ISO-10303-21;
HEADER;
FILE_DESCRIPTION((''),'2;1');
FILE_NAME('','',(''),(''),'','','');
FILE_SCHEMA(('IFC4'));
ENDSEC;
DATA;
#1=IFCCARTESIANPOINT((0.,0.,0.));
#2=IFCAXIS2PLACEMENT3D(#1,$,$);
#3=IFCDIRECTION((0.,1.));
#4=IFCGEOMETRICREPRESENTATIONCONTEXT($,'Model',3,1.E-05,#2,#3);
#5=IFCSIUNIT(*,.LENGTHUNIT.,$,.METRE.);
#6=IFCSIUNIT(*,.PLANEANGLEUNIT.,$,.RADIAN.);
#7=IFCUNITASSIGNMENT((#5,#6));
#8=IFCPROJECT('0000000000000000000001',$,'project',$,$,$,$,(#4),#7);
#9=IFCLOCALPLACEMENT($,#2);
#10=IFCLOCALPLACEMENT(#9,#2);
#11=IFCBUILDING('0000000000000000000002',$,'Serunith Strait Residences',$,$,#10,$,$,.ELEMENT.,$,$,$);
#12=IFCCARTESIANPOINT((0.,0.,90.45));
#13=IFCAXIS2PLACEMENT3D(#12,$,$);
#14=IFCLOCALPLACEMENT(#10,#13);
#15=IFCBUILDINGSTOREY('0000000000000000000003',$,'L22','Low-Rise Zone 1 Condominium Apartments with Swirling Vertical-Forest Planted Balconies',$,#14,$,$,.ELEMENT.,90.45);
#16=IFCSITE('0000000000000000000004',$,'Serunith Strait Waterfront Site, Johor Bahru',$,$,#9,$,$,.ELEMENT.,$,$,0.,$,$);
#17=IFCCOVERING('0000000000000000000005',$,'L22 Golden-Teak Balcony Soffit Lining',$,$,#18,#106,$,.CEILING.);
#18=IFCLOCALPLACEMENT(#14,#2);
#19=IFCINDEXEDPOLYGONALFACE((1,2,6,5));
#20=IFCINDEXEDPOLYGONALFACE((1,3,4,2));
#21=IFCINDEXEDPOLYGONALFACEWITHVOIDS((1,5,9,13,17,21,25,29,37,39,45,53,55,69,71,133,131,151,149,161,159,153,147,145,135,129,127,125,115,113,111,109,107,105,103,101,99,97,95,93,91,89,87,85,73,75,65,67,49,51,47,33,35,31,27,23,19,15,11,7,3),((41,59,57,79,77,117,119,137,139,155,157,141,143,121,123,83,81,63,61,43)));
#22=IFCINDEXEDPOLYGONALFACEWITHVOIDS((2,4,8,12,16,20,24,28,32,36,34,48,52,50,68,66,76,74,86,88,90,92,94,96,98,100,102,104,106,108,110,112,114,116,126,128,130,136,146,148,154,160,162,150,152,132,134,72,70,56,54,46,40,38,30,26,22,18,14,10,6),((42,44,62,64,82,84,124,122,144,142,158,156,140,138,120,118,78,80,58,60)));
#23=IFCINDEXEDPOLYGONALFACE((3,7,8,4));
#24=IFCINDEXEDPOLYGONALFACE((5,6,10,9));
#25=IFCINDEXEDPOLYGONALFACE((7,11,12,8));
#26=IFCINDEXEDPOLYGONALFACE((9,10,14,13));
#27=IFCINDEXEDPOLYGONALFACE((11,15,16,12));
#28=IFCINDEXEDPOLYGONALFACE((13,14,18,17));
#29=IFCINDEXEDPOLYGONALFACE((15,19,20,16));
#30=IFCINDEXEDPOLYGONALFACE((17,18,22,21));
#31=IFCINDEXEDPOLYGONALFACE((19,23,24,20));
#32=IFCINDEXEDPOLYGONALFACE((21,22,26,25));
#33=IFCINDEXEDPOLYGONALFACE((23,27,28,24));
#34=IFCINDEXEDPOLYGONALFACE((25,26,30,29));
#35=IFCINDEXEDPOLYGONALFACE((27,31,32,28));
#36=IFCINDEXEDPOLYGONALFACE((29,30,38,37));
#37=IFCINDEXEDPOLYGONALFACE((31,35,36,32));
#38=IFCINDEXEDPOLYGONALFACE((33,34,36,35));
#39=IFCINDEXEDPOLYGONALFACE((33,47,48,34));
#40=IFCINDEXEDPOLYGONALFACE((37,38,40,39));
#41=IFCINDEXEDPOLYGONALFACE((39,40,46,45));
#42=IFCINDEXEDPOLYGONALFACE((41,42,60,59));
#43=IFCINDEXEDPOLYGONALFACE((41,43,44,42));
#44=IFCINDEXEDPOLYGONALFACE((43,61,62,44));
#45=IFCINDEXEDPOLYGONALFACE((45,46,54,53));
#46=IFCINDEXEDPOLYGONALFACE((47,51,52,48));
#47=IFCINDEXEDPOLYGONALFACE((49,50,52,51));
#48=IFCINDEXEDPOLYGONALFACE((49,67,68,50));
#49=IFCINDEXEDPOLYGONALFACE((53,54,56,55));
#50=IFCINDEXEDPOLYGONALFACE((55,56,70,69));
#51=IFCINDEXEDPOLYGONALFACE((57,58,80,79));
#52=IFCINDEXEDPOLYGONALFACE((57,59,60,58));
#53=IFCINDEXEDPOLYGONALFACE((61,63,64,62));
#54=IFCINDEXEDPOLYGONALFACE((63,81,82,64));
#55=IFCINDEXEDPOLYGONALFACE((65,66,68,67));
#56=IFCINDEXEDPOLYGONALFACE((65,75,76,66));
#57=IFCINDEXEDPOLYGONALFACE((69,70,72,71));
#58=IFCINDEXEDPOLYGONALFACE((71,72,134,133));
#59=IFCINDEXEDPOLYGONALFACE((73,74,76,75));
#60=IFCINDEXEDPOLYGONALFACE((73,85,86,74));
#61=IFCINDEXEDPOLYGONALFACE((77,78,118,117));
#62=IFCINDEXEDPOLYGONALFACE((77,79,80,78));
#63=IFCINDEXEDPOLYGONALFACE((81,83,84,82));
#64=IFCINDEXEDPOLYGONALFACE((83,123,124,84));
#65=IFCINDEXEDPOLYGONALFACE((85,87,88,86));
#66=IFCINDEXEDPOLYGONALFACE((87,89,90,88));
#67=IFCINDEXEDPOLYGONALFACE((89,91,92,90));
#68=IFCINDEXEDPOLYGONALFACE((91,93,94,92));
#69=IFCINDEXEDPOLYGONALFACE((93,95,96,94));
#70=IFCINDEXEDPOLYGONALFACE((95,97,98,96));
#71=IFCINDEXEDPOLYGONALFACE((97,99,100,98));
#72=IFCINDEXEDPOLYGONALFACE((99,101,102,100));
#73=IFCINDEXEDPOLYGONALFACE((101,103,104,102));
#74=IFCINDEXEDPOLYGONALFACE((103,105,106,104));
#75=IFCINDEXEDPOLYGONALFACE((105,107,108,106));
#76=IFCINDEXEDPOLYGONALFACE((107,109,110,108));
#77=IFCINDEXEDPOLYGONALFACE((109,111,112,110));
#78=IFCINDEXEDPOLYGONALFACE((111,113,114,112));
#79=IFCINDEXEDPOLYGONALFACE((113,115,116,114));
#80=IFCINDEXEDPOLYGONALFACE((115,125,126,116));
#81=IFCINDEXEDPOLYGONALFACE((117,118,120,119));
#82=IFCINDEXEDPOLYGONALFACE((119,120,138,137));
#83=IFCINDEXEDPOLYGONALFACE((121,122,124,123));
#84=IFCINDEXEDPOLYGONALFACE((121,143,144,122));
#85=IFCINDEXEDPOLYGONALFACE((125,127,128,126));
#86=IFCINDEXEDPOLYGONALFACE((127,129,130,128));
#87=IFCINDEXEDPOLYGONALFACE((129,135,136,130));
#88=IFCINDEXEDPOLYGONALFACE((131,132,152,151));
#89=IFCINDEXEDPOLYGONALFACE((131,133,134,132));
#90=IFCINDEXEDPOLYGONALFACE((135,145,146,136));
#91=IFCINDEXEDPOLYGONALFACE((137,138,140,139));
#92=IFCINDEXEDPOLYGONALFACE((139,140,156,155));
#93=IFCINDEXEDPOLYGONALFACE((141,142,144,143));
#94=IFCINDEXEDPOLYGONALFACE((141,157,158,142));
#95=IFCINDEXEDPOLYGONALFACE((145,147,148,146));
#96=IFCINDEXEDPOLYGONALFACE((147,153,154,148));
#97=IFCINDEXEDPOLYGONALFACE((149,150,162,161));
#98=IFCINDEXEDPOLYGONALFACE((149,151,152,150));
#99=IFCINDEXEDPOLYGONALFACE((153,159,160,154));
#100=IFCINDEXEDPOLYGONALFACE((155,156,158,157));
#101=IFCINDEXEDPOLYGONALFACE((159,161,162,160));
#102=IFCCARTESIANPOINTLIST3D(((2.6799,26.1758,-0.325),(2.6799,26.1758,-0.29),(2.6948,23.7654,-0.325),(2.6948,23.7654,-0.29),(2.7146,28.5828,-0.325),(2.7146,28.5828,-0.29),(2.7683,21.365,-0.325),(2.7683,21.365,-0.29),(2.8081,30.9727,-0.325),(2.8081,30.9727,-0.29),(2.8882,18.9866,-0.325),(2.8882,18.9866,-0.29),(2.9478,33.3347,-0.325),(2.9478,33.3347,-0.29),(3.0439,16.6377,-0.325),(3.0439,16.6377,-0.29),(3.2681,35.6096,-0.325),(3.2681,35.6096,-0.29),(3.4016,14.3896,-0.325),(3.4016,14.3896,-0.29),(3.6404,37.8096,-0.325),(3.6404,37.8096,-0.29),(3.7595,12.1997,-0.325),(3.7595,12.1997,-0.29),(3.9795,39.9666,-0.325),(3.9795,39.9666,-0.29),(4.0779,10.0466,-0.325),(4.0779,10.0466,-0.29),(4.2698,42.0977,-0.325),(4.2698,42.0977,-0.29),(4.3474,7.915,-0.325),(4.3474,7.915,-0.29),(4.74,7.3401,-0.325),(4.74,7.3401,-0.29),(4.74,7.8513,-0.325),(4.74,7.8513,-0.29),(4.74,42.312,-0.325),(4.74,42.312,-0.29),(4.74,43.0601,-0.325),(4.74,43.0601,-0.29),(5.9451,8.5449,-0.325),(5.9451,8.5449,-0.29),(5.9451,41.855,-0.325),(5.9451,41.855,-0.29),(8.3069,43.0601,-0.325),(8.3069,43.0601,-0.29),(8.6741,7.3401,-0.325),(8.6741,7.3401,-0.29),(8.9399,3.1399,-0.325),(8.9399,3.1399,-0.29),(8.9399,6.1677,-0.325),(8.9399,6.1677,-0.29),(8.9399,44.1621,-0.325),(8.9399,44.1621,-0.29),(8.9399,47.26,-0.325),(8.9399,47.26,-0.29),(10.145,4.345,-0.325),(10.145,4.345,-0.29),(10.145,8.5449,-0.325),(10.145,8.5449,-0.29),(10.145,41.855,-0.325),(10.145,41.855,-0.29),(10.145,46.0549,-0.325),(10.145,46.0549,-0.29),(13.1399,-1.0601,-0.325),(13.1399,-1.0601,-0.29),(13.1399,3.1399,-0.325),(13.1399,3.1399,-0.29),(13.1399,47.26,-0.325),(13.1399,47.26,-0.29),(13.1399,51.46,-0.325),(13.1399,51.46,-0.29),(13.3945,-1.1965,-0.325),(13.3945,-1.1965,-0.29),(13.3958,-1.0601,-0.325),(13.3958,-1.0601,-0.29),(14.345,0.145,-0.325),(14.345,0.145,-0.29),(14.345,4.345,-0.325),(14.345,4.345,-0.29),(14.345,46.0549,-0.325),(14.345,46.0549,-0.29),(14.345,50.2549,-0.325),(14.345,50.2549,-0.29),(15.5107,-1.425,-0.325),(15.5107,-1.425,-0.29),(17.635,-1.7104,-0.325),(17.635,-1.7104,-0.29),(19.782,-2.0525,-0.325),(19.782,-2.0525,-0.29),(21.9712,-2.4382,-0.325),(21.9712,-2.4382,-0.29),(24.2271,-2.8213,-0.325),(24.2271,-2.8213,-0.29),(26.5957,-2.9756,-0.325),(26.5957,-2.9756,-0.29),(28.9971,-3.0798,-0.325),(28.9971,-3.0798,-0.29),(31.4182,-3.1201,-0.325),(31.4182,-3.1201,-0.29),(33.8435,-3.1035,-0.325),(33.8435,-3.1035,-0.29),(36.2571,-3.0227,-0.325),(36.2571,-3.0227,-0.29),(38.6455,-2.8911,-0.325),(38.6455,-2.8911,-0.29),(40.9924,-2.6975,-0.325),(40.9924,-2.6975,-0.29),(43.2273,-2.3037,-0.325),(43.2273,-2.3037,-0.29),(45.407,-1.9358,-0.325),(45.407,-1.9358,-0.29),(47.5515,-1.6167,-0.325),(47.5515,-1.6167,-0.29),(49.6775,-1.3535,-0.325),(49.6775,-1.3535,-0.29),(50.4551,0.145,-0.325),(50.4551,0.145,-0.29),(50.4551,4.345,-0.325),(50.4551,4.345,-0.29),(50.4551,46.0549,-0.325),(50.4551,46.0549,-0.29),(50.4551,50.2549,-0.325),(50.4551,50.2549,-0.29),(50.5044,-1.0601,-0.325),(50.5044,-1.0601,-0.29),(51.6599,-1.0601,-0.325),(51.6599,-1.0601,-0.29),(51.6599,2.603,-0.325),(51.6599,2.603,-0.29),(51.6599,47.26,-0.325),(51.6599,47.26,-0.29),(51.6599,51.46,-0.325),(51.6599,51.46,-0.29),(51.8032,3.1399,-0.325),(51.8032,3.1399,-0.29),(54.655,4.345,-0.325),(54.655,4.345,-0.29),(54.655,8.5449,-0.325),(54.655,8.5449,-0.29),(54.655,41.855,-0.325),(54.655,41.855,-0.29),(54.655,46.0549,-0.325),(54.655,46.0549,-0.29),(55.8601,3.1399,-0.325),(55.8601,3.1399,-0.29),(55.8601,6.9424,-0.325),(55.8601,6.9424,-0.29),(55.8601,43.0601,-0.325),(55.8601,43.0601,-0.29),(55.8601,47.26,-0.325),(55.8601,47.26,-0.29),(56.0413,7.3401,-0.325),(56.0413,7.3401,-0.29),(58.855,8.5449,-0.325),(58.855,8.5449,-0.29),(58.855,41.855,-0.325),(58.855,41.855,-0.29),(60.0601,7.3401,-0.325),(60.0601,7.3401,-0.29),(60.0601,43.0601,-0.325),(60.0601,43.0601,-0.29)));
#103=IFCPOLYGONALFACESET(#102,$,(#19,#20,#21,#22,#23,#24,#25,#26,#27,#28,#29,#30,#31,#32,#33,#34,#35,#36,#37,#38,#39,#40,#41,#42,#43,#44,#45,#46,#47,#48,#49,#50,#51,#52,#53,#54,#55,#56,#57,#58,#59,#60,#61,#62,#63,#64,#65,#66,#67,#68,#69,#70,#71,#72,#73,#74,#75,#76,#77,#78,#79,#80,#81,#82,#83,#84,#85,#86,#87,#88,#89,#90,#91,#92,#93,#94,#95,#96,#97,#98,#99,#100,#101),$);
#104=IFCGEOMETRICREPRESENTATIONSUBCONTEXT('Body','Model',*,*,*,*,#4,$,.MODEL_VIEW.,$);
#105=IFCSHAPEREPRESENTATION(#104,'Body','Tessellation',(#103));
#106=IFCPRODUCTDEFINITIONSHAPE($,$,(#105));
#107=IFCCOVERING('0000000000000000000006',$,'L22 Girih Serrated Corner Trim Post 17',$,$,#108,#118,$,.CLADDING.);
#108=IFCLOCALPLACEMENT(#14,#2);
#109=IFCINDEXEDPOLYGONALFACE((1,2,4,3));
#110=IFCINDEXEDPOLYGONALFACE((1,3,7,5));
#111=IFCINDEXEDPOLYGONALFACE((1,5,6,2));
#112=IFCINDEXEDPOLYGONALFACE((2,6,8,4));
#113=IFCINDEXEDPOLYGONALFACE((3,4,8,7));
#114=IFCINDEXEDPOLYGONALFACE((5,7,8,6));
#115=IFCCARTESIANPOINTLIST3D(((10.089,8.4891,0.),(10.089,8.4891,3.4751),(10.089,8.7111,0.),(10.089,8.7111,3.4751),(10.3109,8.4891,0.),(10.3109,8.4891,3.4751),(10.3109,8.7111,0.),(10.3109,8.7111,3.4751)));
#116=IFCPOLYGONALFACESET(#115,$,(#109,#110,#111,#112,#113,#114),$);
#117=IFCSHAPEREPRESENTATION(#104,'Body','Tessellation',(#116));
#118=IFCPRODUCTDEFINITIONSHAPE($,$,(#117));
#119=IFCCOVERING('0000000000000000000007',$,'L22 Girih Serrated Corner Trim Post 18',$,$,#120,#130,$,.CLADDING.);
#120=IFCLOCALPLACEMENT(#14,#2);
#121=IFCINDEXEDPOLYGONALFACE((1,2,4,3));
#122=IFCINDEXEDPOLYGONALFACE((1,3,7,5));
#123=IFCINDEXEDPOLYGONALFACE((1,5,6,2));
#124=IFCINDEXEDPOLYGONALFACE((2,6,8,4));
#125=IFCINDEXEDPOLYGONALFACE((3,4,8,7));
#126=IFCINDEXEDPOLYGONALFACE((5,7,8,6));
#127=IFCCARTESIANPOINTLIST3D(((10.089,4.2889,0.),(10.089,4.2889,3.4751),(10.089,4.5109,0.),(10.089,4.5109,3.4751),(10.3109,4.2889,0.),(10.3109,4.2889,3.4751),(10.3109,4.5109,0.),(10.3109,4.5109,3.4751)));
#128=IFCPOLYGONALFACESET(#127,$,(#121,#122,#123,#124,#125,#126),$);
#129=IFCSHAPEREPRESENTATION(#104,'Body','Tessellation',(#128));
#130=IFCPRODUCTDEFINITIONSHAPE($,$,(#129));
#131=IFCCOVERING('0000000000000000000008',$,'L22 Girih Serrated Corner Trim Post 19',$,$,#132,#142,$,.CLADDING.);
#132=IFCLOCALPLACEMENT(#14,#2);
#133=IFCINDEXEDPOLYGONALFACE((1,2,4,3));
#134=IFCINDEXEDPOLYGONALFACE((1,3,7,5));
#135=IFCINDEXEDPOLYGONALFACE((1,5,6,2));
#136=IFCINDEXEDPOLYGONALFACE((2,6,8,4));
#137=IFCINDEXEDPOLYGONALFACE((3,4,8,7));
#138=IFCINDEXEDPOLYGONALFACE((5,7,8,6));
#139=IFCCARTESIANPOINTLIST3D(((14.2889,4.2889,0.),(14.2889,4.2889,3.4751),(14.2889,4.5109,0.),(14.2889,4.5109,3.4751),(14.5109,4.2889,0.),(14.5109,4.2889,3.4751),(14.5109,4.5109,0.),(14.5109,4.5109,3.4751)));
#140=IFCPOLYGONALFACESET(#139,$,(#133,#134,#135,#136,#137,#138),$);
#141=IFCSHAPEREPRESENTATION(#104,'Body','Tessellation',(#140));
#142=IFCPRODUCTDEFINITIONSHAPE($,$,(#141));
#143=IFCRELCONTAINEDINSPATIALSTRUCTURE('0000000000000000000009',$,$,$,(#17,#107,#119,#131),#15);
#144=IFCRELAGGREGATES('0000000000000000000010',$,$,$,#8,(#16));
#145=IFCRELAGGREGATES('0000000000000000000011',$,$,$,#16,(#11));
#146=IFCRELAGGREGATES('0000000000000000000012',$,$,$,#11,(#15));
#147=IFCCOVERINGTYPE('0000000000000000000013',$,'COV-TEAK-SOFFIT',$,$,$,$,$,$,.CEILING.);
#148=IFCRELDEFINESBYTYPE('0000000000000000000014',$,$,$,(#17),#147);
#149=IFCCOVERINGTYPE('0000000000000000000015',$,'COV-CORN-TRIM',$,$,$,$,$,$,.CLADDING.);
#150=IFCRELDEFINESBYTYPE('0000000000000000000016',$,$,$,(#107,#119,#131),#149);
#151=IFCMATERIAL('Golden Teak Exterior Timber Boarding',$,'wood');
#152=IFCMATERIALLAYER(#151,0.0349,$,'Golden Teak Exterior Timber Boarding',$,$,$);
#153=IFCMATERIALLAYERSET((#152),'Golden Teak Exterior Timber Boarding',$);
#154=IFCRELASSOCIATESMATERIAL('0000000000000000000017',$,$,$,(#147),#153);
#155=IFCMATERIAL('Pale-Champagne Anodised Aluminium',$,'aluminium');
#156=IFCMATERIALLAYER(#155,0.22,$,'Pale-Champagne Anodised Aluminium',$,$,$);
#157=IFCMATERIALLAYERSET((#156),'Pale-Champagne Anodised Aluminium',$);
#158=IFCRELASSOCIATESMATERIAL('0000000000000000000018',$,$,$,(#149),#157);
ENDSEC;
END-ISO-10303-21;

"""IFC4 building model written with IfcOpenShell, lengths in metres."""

from ifc_helpers import new_model, si_unit, direction, frame, origin, origin_2d, place, context, subcontext, project, spatial, polyline, rectangle, outline, extrude, source, transform, mapped, material, layer, layer_set, type_object, element, save


model = new_model("IFC4")

# Units and contexts
model_context = context("Model", 3, precision=1e-05, world=origin(), true_north=direction((0.0, 1.0)))
body_context = subcontext(model_context, "Body", "Model", "MODEL_VIEW")
ifc_project = project(units=[si_unit("LENGTHUNIT", "METRE"), si_unit("PLANEANGLEUNIT", "RADIAN")], contexts=[model_context])

# Site, building, storey
site_placement = place(None, origin())
site = spatial("IfcSite", under=ifc_project, at=site_placement, Name="Serunith Strait Waterfront Site, Johor Bahru", CompositionType="ELEMENT", RefElevation=0.0)
building_placement = place(site_placement, origin())
building = spatial("IfcBuilding", under=site, at=building_placement, Name="Serunith Strait Residences", CompositionType="ELEMENT")
storey_placement = place(building_placement, frame((0.0, 0.0, 90.45)))
storey = spatial("IfcBuildingStorey", under=building, at=storey_placement, Name="L22", Description="Low-Rise Zone 1 Condominium Apartments with Swirling Vertical-Forest Planted Balconies", CompositionType="ELEMENT", Elevation=90.45)

# Shared definitions
ifc_material_1 = material(Name="Pale-Champagne Anodised Aluminium", Category="aluminium")

# Covering
ifc_material_2 = material(Name="Golden Teak Exterior Timber Boarding", Category="wood")
ifc_layer_1 = layer(ifc_material_2, 0.0349, Name="Golden Teak Exterior Timber Boarding")
ifc_layer_set_1 = layer_set([ifc_layer_1], Name="Golden Teak Exterior Timber Boarding")
covering_type_1 = type_object("IfcCoveringType", Name="COV-TEAK-SOFFIT", PredefinedType="CEILING", material=ifc_layer_set_1)
covering_placement = place(storey_placement, frame((0.0, 0.0, -0.325)))
element("IfcCovering", 1, at=covering_placement, inside=storey, type_object=covering_type_1, Name="L22 Golden-Teak Balcony Soffit Lining", PredefinedType="CEILING", context=body_context, shape_type="SweptSolid", body=[
    extrude(outline(polyline([(13.1399, 3.1399), (8.9399, 3.1399), (8.9399, 6.1677), (8.6741, 7.3401), (4.74, 7.3401), (4.74, 7.8513), (4.3474, 7.915), (4.0779, 10.0466), (3.7595, 12.1997), (3.4016, 14.3896), (3.0439, 16.6377), (2.8882, 18.9866), (2.7683, 21.365), (2.6948, 23.7654), (2.6799, 26.1758), (2.7146, 28.5828), (2.8081, 30.9727), (2.9478, 33.3347), (3.2681, 35.6096), (3.6404, 37.8096), (3.9795, 39.9666), (4.2698, 42.0977), (4.74, 42.312), (4.74, 43.0601), (8.3069, 43.0601), (8.9399, 44.1621), (8.9399, 47.26), (13.1399, 47.26), (13.1399, 51.46), (51.6599, 51.46), (51.6599, 47.26), (55.8601, 47.26), (55.8601, 43.0601), (60.0601, 43.0601), (60.0601, 7.3401), (56.0413, 7.3401), (55.8601, 6.9424), (55.8601, 3.1399), (51.8032, 3.1399), (51.6599, 2.603), (51.6599, -1.0601), (50.5044, -1.0601), (49.6775, -1.3535), (47.5515, -1.6167), (45.407, -1.9358), (43.2273, -2.3037), (40.9924, -2.6975), (38.6455, -2.8911), (36.2571, -3.0227), (33.8435, -3.1035), (31.4182, -3.1201), (31.4182, -3.1201), (28.9971, -3.0798), (26.5957, -2.9756), (24.2271, -2.8213), (21.9712, -2.4382), (19.782, -2.0525), (17.635, -1.7104), (15.5107, -1.425), (13.3945, -1.1965), (13.3958, -1.0601), (13.1399, -1.0601), (13.1399, 3.1399)]), holes=[polyline([(50.4551, 0.145), (50.4551, 4.345), (54.655, 4.345), (54.655, 8.5449), (58.855, 8.5449), (58.855, 41.855), (54.655, 41.855), (54.655, 46.0549), (50.4551, 46.0549), (50.4551, 50.2549), (14.345, 50.2549), (14.345, 46.0549), (10.145, 46.0549), (10.145, 41.855), (5.9451, 41.855), (5.9451, 8.5449), (10.145, 8.5449), (10.145, 4.345), (14.345, 4.345), (14.345, 0.145), (50.4551, 0.145)])]), origin(), (0.0, 0.0, 1.0), 0.0349),
])

# Coverings
ifc_layer_2 = layer(ifc_material_1, 0.22, Name="Pale-Champagne Anodised Aluminium")
ifc_layer_set_2 = layer_set([ifc_layer_2], Name="Pale-Champagne Anodised Aluminium")
covering_type_2 = type_object("IfcCoveringType", Name="COV-CORN-TRIM", PredefinedType="CLADDING", material=ifc_layer_set_2)
shared_shape_1 = source(origin(), body_context, "Body", "SweptSolid", [
    extrude(rectangle(XDim=0.2219, YDim=0.2219, at=origin_2d()), origin(), (0.0, 0.0, 1.0), 3.4751),
])
for number, where, z_axis, x_axis, name in (
    (2, (10.2, 8.6001, 0.0), (0.0, 0.0, 1.0), (1.0, 0.0, 0.0), "L22 Girih Serrated Corner Trim Post 17"),
    (3, (10.2, 4.3999, 0.0), (0.0, 0.0, 1.0), (1.0, 0.0, 0.0), "L22 Girih Serrated Corner Trim Post 18"),
    (4, (14.3999, 4.3999, 0.0), (0.0, 0.0, 1.0), (1.0, 0.0, 0.0), "L22 Girih Serrated Corner Trim Post 19"),
):
    element("IfcCovering", number, at=place(storey_placement, frame(where, z_axis=z_axis, x_axis=x_axis)), inside=storey, type_object=covering_type_2, Name=name, PredefinedType="CLADDING", context=body_context, shape_type="MappedRepresentation", body=[
        mapped(shared_shape_1, transform((0.0, 0.0, 0.0), scale=1.0)),
    ])

save(model, "model.ifc")
